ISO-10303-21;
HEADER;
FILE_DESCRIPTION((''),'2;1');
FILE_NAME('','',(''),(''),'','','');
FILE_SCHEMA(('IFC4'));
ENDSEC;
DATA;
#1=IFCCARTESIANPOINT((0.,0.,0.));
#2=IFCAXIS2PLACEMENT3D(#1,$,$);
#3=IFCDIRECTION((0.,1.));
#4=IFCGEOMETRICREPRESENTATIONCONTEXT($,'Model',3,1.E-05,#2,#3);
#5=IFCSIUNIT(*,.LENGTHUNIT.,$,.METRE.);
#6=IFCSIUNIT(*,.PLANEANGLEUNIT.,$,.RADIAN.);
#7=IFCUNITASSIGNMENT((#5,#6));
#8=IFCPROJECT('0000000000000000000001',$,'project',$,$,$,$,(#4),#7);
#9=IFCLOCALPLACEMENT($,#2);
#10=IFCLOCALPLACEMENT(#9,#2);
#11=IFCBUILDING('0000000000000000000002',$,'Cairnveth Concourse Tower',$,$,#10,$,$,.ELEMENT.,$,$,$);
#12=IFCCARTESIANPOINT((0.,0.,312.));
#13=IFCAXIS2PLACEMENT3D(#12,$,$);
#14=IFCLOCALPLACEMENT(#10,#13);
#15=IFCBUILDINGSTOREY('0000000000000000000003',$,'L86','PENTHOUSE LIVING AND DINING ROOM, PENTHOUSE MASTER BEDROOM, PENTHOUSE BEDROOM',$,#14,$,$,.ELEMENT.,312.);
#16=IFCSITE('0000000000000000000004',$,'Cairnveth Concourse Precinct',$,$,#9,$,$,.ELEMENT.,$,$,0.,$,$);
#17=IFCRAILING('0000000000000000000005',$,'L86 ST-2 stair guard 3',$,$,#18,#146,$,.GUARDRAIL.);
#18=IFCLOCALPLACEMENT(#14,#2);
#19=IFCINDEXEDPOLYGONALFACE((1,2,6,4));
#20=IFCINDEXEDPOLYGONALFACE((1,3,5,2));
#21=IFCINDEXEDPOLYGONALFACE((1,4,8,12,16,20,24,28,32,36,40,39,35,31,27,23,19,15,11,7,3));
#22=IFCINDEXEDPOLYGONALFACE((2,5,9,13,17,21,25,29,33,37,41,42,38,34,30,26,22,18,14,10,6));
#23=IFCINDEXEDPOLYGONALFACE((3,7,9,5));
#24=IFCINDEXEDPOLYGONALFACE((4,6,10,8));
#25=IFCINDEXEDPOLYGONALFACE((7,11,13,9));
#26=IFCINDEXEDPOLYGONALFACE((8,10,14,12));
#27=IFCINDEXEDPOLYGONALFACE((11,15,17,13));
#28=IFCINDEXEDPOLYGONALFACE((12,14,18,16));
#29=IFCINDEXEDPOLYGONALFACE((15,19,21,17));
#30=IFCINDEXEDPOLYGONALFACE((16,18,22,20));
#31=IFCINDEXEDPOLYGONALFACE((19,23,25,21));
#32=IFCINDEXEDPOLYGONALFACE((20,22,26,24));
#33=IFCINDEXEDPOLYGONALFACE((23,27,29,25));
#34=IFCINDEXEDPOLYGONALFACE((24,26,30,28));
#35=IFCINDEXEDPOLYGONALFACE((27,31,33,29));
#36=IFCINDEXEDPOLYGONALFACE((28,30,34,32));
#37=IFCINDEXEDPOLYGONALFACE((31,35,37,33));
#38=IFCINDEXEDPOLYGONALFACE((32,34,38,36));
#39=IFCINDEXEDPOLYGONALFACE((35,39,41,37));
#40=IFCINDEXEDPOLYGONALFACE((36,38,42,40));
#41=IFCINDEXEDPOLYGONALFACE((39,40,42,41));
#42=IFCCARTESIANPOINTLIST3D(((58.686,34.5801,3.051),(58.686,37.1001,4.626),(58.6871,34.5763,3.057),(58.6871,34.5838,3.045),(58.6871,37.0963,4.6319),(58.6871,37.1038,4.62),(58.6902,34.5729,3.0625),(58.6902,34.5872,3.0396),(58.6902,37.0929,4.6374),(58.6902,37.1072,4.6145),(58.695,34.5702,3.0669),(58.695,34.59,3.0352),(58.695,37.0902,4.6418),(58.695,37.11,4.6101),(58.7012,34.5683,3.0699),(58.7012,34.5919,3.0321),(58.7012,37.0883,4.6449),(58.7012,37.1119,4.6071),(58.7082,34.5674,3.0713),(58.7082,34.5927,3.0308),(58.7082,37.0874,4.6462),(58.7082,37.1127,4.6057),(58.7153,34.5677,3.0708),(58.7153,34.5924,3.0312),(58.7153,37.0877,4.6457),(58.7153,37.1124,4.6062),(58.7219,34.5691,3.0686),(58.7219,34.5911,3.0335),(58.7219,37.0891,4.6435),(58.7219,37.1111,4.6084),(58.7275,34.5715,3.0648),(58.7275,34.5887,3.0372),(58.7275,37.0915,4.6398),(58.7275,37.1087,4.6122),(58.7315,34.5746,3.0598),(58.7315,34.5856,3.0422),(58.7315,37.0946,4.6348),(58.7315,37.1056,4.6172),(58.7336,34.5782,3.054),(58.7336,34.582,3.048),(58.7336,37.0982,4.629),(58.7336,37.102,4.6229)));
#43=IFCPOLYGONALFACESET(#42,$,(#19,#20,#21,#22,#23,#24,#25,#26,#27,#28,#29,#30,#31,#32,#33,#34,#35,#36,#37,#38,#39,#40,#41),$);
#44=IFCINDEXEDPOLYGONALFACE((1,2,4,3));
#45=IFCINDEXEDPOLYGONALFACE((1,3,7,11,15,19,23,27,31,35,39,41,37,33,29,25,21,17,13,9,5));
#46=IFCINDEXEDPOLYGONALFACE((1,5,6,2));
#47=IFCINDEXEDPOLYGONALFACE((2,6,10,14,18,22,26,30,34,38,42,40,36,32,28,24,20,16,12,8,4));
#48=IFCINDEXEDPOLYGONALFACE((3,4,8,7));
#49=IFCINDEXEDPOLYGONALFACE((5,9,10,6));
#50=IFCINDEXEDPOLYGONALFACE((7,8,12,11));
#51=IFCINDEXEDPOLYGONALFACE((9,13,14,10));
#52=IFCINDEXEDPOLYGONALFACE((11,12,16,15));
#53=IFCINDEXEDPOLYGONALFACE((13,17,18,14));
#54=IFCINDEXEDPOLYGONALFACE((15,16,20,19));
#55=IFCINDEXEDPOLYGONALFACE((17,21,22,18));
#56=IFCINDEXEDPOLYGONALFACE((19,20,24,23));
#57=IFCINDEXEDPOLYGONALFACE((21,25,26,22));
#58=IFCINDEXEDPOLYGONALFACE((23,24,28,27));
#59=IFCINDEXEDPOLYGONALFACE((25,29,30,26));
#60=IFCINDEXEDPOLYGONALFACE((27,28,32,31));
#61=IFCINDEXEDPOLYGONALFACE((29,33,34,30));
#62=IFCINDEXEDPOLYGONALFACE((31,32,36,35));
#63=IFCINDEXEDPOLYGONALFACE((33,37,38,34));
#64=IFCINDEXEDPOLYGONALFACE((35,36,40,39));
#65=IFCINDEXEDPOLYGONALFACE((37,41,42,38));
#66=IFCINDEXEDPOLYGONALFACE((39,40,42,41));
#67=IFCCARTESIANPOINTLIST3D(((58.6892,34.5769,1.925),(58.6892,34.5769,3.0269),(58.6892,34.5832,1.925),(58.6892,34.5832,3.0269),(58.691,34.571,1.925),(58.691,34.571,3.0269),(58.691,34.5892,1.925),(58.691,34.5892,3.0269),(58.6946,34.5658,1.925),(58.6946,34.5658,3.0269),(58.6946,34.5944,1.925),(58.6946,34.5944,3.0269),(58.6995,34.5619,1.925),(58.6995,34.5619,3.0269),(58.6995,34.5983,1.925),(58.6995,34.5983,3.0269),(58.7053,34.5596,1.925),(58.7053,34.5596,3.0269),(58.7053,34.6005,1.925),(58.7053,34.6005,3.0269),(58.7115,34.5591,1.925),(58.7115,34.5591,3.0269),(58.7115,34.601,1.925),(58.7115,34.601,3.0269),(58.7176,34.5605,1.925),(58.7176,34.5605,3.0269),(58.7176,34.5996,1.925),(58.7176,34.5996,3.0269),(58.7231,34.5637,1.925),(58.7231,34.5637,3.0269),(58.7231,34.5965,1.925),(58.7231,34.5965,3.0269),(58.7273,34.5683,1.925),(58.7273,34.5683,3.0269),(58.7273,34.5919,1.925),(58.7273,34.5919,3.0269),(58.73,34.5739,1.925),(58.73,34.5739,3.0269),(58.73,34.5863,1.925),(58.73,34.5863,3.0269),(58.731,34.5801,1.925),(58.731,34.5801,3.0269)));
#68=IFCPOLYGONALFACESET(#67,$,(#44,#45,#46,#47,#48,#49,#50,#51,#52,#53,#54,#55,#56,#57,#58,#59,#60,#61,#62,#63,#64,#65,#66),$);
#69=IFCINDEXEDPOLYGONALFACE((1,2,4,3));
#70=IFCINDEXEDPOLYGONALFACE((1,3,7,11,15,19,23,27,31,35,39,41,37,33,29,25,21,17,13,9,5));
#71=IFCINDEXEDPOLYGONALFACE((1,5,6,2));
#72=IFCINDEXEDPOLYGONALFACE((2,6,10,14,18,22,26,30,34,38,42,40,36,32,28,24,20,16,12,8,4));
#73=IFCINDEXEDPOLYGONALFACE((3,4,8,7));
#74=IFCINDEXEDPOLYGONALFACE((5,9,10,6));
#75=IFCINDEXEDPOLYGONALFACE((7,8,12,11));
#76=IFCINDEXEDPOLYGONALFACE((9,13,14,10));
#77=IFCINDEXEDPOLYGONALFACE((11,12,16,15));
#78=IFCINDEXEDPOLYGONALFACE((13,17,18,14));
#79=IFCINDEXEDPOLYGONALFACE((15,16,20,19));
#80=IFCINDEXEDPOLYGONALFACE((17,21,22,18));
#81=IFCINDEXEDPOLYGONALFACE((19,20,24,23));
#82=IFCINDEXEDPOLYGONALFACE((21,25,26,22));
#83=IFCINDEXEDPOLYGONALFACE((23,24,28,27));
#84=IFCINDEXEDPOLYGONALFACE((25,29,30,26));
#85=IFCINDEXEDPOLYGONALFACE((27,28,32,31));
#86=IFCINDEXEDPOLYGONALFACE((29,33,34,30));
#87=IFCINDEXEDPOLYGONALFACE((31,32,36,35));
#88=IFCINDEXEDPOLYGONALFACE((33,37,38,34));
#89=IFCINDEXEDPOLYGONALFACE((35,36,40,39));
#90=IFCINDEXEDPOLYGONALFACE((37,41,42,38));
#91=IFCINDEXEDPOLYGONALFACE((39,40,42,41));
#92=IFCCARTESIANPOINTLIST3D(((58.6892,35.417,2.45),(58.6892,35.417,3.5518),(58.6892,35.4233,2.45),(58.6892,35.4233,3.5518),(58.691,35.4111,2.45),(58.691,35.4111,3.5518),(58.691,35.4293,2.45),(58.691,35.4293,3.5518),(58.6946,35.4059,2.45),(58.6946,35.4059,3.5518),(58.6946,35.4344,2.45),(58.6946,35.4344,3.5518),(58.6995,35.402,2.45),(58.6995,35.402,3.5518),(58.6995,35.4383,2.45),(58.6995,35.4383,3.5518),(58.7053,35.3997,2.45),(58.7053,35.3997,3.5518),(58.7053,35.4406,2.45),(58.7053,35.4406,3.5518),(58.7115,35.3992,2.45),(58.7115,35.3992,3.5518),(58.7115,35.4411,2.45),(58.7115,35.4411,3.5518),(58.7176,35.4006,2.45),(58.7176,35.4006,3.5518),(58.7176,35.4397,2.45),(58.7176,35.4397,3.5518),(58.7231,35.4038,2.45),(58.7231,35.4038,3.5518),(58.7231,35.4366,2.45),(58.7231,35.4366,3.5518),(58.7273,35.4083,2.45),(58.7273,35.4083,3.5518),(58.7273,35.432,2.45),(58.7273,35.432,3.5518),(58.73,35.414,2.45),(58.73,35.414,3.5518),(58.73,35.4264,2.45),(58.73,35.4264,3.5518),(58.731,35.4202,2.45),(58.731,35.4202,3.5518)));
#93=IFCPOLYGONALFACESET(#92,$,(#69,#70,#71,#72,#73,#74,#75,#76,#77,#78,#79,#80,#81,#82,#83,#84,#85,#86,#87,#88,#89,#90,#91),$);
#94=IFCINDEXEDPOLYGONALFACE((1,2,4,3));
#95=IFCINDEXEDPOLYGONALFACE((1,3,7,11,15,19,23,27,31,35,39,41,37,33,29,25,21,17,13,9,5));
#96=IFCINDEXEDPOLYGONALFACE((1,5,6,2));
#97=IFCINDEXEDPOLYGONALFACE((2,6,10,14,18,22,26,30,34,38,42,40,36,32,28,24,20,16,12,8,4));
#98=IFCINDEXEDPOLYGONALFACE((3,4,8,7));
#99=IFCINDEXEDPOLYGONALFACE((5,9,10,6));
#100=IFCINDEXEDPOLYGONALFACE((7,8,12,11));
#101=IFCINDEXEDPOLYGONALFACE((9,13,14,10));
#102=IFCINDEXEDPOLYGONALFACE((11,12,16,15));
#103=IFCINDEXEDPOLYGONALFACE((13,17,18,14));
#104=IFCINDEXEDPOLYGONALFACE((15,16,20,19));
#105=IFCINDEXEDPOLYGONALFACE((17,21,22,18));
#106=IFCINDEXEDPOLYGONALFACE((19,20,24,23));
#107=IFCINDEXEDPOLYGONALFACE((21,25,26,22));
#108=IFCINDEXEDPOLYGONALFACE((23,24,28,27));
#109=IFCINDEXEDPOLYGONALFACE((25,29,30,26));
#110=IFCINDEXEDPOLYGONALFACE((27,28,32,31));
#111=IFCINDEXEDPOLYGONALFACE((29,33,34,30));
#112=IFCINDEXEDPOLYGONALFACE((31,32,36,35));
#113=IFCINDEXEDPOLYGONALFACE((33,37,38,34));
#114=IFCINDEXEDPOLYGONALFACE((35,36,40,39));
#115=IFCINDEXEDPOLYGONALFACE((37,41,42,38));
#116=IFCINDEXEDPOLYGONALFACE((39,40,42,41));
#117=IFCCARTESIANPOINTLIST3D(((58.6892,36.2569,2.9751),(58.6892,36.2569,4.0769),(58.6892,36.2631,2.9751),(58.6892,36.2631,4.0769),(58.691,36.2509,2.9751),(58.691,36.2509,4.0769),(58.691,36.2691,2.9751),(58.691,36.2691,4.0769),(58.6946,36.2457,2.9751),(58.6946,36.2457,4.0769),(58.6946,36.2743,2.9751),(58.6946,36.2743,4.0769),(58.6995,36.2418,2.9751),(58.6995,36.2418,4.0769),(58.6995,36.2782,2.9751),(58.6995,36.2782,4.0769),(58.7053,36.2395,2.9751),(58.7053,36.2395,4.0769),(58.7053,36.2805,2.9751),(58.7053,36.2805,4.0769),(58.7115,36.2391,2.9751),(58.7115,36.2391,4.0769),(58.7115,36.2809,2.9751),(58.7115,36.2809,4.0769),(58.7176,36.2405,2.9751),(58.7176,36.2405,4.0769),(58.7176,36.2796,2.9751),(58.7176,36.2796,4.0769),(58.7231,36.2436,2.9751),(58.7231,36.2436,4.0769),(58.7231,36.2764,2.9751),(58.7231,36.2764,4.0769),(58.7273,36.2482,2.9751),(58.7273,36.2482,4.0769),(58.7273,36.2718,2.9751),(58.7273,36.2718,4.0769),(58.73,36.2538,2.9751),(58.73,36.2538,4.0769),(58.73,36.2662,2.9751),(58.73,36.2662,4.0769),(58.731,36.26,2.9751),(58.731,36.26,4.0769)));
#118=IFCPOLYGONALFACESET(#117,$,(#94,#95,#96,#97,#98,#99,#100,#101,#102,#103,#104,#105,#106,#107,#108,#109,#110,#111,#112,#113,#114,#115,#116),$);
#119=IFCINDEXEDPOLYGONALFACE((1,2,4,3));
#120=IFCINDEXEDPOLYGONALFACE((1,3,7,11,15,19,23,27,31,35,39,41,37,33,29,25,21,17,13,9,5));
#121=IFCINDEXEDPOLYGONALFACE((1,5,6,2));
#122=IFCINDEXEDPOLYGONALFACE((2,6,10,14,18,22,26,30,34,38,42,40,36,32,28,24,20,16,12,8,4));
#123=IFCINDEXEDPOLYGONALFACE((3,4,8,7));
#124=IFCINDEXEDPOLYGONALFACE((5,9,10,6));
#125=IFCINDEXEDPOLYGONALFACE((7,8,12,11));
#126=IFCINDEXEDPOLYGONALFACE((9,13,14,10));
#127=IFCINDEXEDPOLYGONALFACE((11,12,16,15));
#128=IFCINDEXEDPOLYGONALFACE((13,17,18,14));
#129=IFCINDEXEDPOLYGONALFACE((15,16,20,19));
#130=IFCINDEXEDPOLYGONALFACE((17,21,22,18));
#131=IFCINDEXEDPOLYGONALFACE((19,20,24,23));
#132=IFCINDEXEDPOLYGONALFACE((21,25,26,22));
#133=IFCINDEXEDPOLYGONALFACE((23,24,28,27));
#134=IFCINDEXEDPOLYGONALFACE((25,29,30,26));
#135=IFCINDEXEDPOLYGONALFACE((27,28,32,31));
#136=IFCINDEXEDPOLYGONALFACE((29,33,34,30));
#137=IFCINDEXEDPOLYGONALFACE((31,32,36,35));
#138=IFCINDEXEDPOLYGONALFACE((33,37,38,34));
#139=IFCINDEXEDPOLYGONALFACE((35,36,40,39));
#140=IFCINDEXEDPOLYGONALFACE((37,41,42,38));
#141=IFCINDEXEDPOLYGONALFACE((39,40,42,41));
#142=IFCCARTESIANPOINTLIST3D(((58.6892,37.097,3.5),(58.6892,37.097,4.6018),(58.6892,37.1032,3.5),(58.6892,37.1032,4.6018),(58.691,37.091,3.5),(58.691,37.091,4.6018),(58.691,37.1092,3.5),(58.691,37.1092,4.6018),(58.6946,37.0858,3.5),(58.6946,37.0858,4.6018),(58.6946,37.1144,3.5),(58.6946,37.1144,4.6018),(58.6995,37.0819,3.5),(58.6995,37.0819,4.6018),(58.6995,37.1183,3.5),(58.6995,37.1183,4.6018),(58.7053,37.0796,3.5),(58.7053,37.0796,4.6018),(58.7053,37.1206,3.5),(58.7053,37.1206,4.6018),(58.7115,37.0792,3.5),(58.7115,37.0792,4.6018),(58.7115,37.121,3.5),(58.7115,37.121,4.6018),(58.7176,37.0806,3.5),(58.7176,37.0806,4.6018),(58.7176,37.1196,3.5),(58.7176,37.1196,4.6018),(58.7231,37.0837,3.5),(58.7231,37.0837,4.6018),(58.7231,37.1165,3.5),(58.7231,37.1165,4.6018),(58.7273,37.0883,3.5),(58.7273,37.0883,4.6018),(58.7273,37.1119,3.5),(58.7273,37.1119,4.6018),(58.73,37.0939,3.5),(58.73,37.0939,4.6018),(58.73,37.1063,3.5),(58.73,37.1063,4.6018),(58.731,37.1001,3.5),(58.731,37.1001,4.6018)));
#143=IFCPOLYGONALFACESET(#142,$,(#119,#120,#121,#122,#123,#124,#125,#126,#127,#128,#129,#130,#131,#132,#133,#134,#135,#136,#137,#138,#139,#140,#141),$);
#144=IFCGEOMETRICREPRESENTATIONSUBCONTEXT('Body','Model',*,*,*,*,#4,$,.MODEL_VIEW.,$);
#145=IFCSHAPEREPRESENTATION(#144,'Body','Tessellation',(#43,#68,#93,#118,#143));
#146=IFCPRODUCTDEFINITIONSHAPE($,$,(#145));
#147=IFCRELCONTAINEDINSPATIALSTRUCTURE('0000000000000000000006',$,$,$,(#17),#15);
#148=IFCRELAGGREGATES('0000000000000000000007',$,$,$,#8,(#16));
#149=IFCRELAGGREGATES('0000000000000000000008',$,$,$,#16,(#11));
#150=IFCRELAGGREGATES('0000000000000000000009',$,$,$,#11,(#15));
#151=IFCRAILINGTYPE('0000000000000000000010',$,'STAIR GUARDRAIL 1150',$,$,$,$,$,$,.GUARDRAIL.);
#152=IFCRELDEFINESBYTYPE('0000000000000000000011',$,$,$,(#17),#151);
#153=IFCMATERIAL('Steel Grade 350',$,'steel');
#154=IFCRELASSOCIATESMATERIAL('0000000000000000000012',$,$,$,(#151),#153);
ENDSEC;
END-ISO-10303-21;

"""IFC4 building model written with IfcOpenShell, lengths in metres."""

from ifc_helpers import new_model, si_unit, direction, frame, origin, origin_2d, place, context, subcontext, project, spatial, circle, extrude, material, type_object, element, save


model = new_model("IFC4")

# Units and contexts
model_context = context("Model", 3, precision=1e-05, world=origin(), true_north=direction((0.0, 1.0)))
body_context = subcontext(model_context, "Body", "Model", "MODEL_VIEW")
ifc_project = project(units=[si_unit("LENGTHUNIT", "METRE"), si_unit("PLANEANGLEUNIT", "RADIAN")], contexts=[model_context])

# Site, building, storey
site_placement = place(None, origin())
site = spatial("IfcSite", under=ifc_project, at=site_placement, Name="Cairnveth Concourse Precinct", CompositionType="ELEMENT", RefElevation=0.0)
building_placement = place(site_placement, origin())
building = spatial("IfcBuilding", under=site, at=building_placement, Name="Cairnveth Concourse Tower", CompositionType="ELEMENT")
storey_placement = place(building_placement, frame((0.0, 0.0, 312.0)))
storey = spatial("IfcBuildingStorey", under=building, at=storey_placement, Name="L86", Description="PENTHOUSE LIVING AND DINING ROOM, PENTHOUSE MASTER BEDROOM, PENTHOUSE BEDROOM", CompositionType="ELEMENT", Elevation=312.0)

# Shared definitions
ifc_material_1 = material(Name="Steel Grade 350", Category="steel")

# Railing
railing_type_1 = type_object("IfcRailingType", Name="STAIR GUARDRAIL 1150", PredefinedType="GUARDRAIL", material=ifc_material_1)
railing_1_placement = place(storey_placement, frame((58.71, 34.5801, 1.925)))
element("IfcRailing", 1, at=railing_1_placement, inside=storey, type_object=railing_type_1, Name="L86 ST-2 stair guard 3", PredefinedType="GUARDRAIL", context=body_context, shape_type="SweptSolid", body=[
    extrude(circle(Radius=0.0239, at=origin_2d()), frame((0.0, 0.0, 1.126), z_axis=(0.0, 0.848008, 0.529984), x_axis=(-1.0, 0.0, 0.0)), (0.0, 0.0, 1.0), 2.9717),
    extrude(circle(Radius=0.021, at=origin_2d()), origin(), (0.0, 0.0, 1.0), 1.1018),
    extrude(circle(Radius=0.021, at=origin_2d()), frame((0.0, 0.8401, 0.5249)), (0.0, 0.0, 1.0), 1.1018),
    extrude(circle(Radius=0.021, at=origin_2d()), frame((0.0, 1.6799, 1.05)), (0.0, 0.0, 1.0), 1.1018),
    extrude(circle(Radius=0.021, at=origin_2d()), frame((0.0, 2.52, 1.575)), (0.0, 0.0, 1.0), 1.1018),
])

save(model, "model.ifc")
